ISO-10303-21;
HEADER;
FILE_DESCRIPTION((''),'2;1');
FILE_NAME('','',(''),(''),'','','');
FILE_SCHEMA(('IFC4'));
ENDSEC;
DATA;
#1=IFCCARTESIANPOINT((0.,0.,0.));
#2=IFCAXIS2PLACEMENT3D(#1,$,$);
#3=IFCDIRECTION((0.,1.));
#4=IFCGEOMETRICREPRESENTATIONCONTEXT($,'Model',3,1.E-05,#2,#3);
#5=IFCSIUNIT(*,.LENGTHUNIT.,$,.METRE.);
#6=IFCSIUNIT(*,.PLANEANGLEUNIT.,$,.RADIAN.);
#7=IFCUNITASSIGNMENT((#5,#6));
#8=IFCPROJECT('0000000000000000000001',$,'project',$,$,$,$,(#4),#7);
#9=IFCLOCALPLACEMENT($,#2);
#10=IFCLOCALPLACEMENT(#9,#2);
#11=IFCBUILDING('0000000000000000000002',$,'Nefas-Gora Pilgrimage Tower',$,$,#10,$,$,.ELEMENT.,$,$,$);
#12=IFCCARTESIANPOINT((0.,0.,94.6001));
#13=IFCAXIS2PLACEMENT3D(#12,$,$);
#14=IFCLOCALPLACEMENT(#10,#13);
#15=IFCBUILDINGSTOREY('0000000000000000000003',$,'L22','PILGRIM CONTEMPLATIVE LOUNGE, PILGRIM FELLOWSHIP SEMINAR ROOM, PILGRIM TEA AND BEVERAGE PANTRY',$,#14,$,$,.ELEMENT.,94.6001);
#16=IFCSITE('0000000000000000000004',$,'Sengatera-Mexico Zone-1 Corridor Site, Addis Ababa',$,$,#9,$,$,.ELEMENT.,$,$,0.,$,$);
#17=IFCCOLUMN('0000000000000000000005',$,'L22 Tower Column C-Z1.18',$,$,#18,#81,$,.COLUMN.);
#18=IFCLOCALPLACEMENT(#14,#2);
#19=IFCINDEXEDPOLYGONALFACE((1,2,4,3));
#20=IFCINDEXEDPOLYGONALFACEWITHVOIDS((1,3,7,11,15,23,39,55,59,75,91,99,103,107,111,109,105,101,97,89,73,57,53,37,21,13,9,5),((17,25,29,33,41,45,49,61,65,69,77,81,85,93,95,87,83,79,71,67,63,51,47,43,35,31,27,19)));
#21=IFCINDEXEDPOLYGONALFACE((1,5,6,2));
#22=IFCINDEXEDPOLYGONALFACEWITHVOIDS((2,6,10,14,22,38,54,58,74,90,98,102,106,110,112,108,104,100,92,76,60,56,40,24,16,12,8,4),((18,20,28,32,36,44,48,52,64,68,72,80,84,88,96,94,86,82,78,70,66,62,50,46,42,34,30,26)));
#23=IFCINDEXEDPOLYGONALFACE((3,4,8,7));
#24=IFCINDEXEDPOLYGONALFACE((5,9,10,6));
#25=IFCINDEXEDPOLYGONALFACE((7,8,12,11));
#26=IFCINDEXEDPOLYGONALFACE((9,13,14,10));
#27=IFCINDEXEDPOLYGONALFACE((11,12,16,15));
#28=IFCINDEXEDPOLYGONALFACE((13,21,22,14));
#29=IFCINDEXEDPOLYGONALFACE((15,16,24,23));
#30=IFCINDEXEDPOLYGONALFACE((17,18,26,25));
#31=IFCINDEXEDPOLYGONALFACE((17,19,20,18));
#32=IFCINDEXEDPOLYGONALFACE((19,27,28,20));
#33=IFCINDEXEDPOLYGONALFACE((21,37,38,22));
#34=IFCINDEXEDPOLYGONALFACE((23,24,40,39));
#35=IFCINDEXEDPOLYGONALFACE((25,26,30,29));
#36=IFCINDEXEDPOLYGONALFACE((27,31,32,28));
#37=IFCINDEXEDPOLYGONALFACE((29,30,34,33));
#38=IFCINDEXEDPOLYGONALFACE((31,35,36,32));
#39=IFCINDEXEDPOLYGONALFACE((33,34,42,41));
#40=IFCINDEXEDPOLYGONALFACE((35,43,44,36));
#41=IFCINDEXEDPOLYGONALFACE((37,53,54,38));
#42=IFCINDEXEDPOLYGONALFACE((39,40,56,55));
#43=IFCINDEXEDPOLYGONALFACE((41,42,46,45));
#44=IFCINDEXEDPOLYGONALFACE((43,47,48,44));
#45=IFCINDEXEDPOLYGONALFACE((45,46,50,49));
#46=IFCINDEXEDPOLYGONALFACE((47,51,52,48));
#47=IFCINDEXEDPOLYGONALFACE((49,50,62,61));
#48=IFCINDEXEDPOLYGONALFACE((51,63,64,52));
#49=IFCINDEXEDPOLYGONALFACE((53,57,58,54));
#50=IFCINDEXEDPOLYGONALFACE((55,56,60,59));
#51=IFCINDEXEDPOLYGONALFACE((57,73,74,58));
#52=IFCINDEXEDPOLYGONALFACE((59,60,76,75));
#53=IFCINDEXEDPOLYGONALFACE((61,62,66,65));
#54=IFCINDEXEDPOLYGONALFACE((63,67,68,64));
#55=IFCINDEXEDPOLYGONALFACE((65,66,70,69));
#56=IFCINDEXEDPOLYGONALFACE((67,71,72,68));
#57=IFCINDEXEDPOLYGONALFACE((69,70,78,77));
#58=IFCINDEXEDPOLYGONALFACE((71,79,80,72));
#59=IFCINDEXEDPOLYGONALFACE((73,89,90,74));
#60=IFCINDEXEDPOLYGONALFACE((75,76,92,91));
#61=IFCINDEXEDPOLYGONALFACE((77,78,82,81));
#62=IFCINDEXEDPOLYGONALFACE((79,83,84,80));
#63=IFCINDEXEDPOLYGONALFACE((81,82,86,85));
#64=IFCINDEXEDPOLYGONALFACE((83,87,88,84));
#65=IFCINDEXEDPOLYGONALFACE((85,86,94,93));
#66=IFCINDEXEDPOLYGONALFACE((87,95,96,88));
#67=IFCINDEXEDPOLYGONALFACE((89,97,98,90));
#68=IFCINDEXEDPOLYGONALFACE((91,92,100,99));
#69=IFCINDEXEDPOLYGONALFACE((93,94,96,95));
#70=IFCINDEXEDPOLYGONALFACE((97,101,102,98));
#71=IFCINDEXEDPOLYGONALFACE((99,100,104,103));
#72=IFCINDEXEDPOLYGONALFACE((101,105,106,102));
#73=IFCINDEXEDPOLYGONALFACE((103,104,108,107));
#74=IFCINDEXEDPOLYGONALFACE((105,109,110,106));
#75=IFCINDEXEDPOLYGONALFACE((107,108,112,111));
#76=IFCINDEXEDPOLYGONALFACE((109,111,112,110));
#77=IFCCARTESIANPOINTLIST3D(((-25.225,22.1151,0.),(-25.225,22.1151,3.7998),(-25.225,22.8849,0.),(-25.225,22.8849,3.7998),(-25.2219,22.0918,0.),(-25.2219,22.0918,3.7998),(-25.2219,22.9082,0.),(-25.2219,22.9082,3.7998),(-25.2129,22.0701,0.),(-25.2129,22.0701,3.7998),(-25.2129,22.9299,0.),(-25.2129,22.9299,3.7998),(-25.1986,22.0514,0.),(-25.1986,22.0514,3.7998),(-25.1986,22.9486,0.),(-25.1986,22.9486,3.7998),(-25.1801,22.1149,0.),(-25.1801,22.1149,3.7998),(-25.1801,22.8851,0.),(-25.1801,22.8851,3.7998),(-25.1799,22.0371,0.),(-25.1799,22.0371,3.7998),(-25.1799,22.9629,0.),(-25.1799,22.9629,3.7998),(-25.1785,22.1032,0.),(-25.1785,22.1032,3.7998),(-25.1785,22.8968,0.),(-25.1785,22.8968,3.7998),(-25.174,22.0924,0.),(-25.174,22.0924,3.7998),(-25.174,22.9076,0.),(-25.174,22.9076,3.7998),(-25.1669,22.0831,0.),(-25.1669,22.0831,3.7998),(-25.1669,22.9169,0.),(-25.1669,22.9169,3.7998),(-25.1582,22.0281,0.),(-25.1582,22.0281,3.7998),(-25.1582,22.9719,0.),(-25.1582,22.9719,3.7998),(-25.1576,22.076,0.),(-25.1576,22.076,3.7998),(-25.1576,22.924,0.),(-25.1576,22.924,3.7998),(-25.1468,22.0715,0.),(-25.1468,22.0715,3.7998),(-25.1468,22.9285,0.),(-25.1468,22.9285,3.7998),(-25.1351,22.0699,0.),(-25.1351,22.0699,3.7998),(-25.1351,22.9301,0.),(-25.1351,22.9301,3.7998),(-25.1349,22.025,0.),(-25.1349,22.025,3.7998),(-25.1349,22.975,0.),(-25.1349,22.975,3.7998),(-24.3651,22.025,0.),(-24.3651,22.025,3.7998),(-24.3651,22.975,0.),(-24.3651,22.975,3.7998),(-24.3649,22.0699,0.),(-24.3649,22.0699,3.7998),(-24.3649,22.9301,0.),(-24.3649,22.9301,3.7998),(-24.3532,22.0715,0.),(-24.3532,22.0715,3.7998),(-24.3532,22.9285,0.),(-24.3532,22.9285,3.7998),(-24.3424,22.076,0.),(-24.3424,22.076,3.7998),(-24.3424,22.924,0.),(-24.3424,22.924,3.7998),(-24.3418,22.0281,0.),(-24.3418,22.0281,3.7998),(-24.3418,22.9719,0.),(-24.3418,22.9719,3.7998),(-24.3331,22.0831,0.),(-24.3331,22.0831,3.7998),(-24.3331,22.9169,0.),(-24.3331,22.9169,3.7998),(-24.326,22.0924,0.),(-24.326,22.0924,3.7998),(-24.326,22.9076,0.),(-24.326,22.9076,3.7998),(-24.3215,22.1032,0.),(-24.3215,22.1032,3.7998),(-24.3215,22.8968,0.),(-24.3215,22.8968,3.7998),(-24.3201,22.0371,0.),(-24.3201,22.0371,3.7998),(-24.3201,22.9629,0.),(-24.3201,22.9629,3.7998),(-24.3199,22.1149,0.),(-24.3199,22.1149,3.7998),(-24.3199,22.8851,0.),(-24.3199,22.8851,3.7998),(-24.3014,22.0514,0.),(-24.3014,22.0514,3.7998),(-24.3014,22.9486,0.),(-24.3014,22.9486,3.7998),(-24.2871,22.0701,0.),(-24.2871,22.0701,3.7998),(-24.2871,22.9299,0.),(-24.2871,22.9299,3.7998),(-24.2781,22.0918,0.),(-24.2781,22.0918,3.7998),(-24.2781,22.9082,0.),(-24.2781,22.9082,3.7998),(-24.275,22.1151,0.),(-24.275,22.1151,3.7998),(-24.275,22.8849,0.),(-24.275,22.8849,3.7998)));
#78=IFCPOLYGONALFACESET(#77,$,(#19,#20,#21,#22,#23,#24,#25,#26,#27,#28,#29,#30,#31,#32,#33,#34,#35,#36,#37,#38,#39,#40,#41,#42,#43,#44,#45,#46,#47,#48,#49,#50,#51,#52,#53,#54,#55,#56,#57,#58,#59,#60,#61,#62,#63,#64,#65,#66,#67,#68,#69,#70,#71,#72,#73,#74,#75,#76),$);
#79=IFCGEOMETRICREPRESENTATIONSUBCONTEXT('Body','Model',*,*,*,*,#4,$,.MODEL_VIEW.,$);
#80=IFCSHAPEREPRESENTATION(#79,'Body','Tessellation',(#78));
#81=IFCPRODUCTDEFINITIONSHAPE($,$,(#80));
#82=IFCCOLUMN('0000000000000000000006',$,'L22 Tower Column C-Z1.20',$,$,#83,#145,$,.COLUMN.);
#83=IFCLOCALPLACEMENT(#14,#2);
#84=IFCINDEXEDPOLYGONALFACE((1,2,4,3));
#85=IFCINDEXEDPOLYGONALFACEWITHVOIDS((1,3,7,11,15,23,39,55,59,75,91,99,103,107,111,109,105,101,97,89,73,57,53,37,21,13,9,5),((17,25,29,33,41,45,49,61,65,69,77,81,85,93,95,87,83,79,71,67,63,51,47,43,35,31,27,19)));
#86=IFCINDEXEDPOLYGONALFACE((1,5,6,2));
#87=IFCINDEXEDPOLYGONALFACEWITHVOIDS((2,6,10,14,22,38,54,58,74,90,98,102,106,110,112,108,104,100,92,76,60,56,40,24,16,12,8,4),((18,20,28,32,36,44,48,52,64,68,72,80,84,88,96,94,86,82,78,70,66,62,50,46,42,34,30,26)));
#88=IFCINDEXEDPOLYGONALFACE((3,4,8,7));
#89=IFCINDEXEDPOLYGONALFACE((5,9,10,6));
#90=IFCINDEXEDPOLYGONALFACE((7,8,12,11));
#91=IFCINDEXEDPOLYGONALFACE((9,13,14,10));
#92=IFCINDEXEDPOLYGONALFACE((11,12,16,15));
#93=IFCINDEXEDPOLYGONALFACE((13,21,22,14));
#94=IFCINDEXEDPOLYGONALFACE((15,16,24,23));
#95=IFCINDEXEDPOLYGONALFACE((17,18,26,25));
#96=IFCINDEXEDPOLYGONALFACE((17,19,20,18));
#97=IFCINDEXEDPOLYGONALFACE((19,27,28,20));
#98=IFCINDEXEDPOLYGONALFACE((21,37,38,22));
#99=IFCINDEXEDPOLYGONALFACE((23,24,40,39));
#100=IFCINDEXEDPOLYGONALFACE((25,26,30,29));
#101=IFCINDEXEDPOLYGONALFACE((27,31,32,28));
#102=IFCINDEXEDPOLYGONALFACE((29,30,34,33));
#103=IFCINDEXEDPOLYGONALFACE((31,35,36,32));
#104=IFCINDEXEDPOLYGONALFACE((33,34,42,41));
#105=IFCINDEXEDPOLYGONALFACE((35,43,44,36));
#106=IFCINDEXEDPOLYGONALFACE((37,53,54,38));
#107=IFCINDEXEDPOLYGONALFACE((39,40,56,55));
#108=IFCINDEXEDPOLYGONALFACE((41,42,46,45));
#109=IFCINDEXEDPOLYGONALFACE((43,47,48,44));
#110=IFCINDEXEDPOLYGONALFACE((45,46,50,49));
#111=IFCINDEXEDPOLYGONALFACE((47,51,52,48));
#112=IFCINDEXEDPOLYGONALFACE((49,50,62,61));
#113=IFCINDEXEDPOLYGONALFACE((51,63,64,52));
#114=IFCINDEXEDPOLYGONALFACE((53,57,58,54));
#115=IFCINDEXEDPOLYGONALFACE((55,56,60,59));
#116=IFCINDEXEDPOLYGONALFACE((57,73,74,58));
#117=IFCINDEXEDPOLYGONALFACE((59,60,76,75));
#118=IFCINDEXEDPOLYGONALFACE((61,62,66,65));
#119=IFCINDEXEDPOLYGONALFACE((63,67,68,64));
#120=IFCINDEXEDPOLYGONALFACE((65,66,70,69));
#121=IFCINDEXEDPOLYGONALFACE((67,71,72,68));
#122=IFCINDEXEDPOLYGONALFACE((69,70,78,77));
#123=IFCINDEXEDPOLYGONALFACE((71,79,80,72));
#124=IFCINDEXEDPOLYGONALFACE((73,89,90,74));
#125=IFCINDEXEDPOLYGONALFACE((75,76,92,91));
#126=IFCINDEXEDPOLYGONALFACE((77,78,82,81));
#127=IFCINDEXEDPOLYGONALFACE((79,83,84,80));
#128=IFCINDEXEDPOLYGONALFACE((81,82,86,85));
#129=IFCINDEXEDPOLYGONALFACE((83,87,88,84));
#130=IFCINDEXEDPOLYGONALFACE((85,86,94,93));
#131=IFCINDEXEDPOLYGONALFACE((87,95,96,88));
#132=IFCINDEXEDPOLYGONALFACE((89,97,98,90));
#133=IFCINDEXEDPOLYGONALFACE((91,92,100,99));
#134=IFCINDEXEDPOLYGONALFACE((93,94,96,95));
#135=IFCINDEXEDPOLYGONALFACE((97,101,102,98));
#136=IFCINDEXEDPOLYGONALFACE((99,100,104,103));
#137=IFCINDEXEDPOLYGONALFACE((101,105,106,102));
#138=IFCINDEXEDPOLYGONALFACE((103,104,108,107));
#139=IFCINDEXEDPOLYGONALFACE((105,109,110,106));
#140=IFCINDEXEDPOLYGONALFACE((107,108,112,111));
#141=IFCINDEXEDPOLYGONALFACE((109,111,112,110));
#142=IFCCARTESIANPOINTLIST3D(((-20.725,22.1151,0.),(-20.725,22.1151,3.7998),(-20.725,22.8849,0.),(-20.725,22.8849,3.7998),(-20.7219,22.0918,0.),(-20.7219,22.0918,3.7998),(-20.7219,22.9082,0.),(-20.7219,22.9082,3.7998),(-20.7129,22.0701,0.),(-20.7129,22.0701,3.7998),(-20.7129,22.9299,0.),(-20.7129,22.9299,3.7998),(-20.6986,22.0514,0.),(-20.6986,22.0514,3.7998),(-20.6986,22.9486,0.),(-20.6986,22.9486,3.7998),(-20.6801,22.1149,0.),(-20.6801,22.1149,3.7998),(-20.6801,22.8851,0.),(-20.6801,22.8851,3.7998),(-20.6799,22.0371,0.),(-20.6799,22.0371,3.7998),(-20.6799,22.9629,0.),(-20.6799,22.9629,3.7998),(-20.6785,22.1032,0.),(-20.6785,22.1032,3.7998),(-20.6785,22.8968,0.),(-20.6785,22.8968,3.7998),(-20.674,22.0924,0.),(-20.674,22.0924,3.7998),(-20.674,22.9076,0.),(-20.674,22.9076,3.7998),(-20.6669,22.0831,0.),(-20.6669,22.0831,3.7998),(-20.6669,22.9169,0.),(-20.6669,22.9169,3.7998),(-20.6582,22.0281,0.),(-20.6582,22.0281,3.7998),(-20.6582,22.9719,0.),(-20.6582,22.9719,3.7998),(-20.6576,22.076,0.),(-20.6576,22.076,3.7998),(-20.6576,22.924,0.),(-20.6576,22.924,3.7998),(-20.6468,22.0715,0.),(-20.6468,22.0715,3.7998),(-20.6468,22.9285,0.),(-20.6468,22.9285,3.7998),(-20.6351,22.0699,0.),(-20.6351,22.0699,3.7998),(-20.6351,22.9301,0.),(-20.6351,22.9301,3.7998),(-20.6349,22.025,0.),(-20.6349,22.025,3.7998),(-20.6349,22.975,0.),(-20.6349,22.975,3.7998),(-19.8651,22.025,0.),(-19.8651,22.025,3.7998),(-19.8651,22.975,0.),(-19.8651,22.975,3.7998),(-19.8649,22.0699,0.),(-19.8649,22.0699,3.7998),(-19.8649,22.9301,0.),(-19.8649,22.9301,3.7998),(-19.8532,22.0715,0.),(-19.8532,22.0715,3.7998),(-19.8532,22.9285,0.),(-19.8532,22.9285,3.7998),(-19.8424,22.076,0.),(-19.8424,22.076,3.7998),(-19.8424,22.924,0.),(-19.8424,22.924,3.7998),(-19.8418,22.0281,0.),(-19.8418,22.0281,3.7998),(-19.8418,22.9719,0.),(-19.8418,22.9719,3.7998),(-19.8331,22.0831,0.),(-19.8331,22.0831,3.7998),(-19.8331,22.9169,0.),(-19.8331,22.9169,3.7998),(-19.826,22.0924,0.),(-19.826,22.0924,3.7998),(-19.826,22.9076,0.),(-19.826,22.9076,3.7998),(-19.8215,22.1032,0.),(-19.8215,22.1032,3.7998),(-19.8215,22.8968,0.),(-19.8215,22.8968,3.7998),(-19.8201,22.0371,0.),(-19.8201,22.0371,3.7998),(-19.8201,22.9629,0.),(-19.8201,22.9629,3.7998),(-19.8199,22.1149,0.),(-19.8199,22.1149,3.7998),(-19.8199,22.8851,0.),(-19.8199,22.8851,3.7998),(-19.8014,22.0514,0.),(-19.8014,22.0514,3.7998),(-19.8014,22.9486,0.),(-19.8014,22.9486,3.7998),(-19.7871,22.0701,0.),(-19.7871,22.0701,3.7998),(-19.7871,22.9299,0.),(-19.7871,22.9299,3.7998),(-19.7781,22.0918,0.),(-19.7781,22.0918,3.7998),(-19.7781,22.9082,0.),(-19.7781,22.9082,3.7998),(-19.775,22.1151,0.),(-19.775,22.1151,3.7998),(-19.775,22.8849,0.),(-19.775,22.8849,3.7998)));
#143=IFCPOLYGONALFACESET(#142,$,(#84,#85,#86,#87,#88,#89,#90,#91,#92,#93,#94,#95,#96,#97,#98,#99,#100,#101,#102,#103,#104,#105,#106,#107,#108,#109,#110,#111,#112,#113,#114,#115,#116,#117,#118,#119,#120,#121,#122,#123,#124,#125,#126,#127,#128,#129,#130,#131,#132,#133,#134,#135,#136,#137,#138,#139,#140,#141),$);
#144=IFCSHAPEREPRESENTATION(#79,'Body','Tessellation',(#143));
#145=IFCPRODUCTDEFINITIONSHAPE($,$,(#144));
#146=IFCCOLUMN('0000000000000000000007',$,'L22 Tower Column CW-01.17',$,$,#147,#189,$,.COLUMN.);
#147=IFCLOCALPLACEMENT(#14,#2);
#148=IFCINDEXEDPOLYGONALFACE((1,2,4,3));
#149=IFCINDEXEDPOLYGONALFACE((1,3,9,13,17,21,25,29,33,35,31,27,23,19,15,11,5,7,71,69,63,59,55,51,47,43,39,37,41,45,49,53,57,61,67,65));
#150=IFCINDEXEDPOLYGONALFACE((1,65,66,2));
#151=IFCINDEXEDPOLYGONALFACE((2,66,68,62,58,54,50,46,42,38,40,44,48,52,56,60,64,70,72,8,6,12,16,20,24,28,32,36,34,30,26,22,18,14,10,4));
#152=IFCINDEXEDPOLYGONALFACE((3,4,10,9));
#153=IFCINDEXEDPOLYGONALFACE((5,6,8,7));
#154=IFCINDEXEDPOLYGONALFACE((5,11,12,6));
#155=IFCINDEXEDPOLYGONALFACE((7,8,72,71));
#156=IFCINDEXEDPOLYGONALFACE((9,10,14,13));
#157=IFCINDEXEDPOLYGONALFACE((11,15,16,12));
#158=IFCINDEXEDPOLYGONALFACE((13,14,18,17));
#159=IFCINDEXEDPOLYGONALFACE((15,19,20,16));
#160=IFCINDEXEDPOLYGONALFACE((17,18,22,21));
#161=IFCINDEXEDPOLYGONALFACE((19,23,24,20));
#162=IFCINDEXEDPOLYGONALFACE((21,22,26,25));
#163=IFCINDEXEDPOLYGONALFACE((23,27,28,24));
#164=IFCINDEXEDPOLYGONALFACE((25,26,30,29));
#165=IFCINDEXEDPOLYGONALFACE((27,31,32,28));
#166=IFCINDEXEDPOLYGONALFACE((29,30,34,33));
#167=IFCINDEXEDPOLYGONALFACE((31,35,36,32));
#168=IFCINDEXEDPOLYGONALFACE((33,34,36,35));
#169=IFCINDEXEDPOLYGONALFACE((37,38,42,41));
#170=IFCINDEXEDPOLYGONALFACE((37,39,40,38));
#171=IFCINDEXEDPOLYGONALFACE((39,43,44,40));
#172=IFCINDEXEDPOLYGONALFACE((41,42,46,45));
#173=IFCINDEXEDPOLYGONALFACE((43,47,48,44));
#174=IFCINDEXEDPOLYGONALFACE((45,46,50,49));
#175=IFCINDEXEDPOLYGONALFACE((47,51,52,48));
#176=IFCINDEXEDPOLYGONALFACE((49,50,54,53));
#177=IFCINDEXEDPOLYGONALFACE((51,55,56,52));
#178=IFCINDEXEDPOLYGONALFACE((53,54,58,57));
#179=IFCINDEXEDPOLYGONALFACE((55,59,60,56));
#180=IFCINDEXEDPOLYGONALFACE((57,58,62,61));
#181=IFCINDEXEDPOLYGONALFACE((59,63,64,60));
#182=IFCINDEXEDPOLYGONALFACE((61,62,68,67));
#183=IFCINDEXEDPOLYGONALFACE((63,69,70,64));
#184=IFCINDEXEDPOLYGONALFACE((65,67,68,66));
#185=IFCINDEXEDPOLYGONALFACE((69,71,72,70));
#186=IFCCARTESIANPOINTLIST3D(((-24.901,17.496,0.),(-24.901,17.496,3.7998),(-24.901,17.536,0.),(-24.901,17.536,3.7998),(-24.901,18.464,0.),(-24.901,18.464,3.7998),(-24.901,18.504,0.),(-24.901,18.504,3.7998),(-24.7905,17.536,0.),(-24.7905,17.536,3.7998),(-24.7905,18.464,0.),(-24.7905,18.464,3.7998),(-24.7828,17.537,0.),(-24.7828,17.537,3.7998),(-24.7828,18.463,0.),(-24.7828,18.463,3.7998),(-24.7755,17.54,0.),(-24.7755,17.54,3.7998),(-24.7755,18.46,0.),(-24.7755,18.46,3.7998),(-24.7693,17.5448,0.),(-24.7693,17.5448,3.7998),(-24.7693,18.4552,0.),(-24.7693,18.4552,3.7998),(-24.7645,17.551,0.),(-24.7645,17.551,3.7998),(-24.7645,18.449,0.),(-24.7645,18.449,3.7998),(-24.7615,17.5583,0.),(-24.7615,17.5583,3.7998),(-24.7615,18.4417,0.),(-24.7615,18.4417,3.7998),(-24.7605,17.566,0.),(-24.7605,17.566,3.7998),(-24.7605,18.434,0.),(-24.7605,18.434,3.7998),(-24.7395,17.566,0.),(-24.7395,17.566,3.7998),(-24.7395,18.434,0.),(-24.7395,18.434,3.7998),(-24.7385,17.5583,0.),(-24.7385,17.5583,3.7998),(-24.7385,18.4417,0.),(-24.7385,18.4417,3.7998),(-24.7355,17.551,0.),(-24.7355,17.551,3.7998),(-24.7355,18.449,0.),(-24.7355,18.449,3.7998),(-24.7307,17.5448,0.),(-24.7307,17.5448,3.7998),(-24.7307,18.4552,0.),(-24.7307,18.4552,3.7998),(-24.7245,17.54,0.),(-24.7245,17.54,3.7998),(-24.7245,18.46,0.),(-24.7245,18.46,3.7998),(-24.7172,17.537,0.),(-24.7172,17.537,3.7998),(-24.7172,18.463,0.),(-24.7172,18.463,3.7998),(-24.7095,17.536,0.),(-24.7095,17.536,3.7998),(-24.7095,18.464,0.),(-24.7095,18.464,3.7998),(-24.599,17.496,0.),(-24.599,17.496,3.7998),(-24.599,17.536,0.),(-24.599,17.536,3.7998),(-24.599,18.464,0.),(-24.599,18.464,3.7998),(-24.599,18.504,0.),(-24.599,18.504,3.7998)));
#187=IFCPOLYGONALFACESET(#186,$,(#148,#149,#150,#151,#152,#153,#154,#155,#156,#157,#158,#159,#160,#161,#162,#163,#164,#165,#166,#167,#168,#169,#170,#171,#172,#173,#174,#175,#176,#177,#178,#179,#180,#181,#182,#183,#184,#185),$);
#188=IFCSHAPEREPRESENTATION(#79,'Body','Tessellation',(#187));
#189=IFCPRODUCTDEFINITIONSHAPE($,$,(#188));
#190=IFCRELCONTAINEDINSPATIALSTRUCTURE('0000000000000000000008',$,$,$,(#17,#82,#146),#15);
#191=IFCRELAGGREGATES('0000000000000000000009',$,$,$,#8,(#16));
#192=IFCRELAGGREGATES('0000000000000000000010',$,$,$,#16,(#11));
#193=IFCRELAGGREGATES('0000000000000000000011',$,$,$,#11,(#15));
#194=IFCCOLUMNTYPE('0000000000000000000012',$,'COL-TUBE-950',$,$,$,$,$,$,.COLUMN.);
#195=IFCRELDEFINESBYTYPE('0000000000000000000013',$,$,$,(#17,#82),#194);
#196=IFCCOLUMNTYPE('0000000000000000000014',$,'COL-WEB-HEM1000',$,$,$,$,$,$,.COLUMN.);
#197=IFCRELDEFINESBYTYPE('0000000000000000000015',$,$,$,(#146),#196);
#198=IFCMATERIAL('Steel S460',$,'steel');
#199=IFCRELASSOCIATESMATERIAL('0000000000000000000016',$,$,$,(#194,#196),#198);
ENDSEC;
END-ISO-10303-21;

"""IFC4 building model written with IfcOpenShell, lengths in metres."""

from ifc_helpers import new_model, si_unit, direction, frame, origin, origin_2d, place, context, subcontext, project, spatial, hollow_rectangle, i_section, extrude, source, transform, mapped, material, material_profile, profile_set, type_object, element, save


model = new_model("IFC4")

# Units and contexts
model_context = context("Model", 3, precision=1e-05, world=origin(), true_north=direction((0.0, 1.0)))
body_context = subcontext(model_context, "Body", "Model", "MODEL_VIEW")
ifc_project = project(units=[si_unit("LENGTHUNIT", "METRE"), si_unit("PLANEANGLEUNIT", "RADIAN")], contexts=[model_context])

# Site, building, storey
site_placement = place(None, origin())
site = spatial("IfcSite", under=ifc_project, at=site_placement, Name="Sengatera-Mexico Zone-1 Corridor Site, Addis Ababa", CompositionType="ELEMENT", RefElevation=0.0)
building_placement = place(site_placement, origin())
building = spatial("IfcBuilding", under=site, at=building_placement, Name="Nefas-Gora Pilgrimage Tower", CompositionType="ELEMENT")
storey_placement = place(building_placement, frame((0.0, 0.0, 94.6001)))
storey = spatial("IfcBuildingStorey", under=building, at=storey_placement, Name="L22", Description="PILGRIM CONTEMPLATIVE LOUNGE, PILGRIM FELLOWSHIP SEMINAR ROOM, PILGRIM TEA AND BEVERAGE PANTRY", CompositionType="ELEMENT", Elevation=94.6001)

# Columns
ifc_material_1 = material(Name="Steel S460", Category="steel")
ifc_material_profile_1 = material_profile(ifc_material_1, hollow_rectangle(XDim=0.95, YDim=0.95, WallThickness=0.0449, InnerFilletRadius=0.0449, OuterFilletRadius=0.0901, at=origin_2d()), Name="BOX 950x950x45")
ifc_profile_set_1 = profile_set([ifc_material_profile_1], Name="Steel S460")
column_type_1 = type_object("IfcColumnType", Name="COL-TUBE-950", PredefinedType="COLUMN", material=ifc_profile_set_1)
shared_shape_1 = source(origin(), body_context, "Body", "SweptSolid", [
    extrude(hollow_rectangle(XDim=0.95, YDim=0.95, WallThickness=0.0449, InnerFilletRadius=0.0449, OuterFilletRadius=0.0901, at=origin_2d()), origin(), (0.0, 0.0, 1.0), 3.7998),
])
for number, where, z_axis, x_axis, name in (
    (1, (-24.75, 22.5, 0.0), (0.0, 0.0, 1.0), (1.0, 0.0, 0.0), "L22 Tower Column C-Z1.18"),
    (2, (-20.25, 22.5, 0.0), (0.0, 0.0, 1.0), (1.0, 0.0, 0.0), "L22 Tower Column C-Z1.20"),
):
    element("IfcColumn", number, at=place(storey_placement, frame(where, z_axis=z_axis, x_axis=x_axis)), inside=storey, type_object=column_type_1, Name=name, PredefinedType="COLUMN", context=body_context, shape_type="MappedRepresentation", body=[
        mapped(shared_shape_1, transform((0.0, 0.0, 0.0), x_axis=(1.0, 0.0, 0.0), y_axis=(0.0, 1.0, 0.0), z_axis=(0.0, 0.0, 1.0), scale=1.0)),
    ])
ifc_material_profile_2 = material_profile(ifc_material_1, i_section(OverallWidth=0.302, OverallDepth=1.0081, WebThickness=0.021, FlangeThickness=0.04, FilletRadius=0.03, at=origin_2d()), Name="HEM 1000")
ifc_profile_set_2 = profile_set([ifc_material_profile_2], Name="Steel S460")
column_type_2 = type_object("IfcColumnType", Name="COL-WEB-HEM1000", PredefinedType="COLUMN", material=ifc_profile_set_2)
shared_shape_2 = source(origin(), body_context, "Body", "SweptSolid", [
    extrude(i_section(OverallWidth=0.302, OverallDepth=1.0081, WebThickness=0.021, FlangeThickness=0.04, FilletRadius=0.03, at=origin_2d()), origin(), (0.0, 0.0, 1.0), 3.7998),
])
for number, where, z_axis, x_axis, name in (
    (3, (-24.75, 18.0, 0.0), (0.0, 0.0, 1.0), (1.0, 0.0, 0.0), "L22 Tower Column CW-01.17"),
):
    element("IfcColumn", number, at=place(storey_placement, frame(where, z_axis=z_axis, x_axis=x_axis)), inside=storey, type_object=column_type_2, Name=name, PredefinedType="COLUMN", context=body_context, shape_type="MappedRepresentation", body=[
        mapped(shared_shape_2, transform((0.0, 0.0, 0.0), x_axis=(1.0, 0.0, 0.0), y_axis=(0.0, 1.0, 0.0), z_axis=(0.0, 0.0, 1.0), scale=1.0)),
    ])

save(model, "model.ifc")
